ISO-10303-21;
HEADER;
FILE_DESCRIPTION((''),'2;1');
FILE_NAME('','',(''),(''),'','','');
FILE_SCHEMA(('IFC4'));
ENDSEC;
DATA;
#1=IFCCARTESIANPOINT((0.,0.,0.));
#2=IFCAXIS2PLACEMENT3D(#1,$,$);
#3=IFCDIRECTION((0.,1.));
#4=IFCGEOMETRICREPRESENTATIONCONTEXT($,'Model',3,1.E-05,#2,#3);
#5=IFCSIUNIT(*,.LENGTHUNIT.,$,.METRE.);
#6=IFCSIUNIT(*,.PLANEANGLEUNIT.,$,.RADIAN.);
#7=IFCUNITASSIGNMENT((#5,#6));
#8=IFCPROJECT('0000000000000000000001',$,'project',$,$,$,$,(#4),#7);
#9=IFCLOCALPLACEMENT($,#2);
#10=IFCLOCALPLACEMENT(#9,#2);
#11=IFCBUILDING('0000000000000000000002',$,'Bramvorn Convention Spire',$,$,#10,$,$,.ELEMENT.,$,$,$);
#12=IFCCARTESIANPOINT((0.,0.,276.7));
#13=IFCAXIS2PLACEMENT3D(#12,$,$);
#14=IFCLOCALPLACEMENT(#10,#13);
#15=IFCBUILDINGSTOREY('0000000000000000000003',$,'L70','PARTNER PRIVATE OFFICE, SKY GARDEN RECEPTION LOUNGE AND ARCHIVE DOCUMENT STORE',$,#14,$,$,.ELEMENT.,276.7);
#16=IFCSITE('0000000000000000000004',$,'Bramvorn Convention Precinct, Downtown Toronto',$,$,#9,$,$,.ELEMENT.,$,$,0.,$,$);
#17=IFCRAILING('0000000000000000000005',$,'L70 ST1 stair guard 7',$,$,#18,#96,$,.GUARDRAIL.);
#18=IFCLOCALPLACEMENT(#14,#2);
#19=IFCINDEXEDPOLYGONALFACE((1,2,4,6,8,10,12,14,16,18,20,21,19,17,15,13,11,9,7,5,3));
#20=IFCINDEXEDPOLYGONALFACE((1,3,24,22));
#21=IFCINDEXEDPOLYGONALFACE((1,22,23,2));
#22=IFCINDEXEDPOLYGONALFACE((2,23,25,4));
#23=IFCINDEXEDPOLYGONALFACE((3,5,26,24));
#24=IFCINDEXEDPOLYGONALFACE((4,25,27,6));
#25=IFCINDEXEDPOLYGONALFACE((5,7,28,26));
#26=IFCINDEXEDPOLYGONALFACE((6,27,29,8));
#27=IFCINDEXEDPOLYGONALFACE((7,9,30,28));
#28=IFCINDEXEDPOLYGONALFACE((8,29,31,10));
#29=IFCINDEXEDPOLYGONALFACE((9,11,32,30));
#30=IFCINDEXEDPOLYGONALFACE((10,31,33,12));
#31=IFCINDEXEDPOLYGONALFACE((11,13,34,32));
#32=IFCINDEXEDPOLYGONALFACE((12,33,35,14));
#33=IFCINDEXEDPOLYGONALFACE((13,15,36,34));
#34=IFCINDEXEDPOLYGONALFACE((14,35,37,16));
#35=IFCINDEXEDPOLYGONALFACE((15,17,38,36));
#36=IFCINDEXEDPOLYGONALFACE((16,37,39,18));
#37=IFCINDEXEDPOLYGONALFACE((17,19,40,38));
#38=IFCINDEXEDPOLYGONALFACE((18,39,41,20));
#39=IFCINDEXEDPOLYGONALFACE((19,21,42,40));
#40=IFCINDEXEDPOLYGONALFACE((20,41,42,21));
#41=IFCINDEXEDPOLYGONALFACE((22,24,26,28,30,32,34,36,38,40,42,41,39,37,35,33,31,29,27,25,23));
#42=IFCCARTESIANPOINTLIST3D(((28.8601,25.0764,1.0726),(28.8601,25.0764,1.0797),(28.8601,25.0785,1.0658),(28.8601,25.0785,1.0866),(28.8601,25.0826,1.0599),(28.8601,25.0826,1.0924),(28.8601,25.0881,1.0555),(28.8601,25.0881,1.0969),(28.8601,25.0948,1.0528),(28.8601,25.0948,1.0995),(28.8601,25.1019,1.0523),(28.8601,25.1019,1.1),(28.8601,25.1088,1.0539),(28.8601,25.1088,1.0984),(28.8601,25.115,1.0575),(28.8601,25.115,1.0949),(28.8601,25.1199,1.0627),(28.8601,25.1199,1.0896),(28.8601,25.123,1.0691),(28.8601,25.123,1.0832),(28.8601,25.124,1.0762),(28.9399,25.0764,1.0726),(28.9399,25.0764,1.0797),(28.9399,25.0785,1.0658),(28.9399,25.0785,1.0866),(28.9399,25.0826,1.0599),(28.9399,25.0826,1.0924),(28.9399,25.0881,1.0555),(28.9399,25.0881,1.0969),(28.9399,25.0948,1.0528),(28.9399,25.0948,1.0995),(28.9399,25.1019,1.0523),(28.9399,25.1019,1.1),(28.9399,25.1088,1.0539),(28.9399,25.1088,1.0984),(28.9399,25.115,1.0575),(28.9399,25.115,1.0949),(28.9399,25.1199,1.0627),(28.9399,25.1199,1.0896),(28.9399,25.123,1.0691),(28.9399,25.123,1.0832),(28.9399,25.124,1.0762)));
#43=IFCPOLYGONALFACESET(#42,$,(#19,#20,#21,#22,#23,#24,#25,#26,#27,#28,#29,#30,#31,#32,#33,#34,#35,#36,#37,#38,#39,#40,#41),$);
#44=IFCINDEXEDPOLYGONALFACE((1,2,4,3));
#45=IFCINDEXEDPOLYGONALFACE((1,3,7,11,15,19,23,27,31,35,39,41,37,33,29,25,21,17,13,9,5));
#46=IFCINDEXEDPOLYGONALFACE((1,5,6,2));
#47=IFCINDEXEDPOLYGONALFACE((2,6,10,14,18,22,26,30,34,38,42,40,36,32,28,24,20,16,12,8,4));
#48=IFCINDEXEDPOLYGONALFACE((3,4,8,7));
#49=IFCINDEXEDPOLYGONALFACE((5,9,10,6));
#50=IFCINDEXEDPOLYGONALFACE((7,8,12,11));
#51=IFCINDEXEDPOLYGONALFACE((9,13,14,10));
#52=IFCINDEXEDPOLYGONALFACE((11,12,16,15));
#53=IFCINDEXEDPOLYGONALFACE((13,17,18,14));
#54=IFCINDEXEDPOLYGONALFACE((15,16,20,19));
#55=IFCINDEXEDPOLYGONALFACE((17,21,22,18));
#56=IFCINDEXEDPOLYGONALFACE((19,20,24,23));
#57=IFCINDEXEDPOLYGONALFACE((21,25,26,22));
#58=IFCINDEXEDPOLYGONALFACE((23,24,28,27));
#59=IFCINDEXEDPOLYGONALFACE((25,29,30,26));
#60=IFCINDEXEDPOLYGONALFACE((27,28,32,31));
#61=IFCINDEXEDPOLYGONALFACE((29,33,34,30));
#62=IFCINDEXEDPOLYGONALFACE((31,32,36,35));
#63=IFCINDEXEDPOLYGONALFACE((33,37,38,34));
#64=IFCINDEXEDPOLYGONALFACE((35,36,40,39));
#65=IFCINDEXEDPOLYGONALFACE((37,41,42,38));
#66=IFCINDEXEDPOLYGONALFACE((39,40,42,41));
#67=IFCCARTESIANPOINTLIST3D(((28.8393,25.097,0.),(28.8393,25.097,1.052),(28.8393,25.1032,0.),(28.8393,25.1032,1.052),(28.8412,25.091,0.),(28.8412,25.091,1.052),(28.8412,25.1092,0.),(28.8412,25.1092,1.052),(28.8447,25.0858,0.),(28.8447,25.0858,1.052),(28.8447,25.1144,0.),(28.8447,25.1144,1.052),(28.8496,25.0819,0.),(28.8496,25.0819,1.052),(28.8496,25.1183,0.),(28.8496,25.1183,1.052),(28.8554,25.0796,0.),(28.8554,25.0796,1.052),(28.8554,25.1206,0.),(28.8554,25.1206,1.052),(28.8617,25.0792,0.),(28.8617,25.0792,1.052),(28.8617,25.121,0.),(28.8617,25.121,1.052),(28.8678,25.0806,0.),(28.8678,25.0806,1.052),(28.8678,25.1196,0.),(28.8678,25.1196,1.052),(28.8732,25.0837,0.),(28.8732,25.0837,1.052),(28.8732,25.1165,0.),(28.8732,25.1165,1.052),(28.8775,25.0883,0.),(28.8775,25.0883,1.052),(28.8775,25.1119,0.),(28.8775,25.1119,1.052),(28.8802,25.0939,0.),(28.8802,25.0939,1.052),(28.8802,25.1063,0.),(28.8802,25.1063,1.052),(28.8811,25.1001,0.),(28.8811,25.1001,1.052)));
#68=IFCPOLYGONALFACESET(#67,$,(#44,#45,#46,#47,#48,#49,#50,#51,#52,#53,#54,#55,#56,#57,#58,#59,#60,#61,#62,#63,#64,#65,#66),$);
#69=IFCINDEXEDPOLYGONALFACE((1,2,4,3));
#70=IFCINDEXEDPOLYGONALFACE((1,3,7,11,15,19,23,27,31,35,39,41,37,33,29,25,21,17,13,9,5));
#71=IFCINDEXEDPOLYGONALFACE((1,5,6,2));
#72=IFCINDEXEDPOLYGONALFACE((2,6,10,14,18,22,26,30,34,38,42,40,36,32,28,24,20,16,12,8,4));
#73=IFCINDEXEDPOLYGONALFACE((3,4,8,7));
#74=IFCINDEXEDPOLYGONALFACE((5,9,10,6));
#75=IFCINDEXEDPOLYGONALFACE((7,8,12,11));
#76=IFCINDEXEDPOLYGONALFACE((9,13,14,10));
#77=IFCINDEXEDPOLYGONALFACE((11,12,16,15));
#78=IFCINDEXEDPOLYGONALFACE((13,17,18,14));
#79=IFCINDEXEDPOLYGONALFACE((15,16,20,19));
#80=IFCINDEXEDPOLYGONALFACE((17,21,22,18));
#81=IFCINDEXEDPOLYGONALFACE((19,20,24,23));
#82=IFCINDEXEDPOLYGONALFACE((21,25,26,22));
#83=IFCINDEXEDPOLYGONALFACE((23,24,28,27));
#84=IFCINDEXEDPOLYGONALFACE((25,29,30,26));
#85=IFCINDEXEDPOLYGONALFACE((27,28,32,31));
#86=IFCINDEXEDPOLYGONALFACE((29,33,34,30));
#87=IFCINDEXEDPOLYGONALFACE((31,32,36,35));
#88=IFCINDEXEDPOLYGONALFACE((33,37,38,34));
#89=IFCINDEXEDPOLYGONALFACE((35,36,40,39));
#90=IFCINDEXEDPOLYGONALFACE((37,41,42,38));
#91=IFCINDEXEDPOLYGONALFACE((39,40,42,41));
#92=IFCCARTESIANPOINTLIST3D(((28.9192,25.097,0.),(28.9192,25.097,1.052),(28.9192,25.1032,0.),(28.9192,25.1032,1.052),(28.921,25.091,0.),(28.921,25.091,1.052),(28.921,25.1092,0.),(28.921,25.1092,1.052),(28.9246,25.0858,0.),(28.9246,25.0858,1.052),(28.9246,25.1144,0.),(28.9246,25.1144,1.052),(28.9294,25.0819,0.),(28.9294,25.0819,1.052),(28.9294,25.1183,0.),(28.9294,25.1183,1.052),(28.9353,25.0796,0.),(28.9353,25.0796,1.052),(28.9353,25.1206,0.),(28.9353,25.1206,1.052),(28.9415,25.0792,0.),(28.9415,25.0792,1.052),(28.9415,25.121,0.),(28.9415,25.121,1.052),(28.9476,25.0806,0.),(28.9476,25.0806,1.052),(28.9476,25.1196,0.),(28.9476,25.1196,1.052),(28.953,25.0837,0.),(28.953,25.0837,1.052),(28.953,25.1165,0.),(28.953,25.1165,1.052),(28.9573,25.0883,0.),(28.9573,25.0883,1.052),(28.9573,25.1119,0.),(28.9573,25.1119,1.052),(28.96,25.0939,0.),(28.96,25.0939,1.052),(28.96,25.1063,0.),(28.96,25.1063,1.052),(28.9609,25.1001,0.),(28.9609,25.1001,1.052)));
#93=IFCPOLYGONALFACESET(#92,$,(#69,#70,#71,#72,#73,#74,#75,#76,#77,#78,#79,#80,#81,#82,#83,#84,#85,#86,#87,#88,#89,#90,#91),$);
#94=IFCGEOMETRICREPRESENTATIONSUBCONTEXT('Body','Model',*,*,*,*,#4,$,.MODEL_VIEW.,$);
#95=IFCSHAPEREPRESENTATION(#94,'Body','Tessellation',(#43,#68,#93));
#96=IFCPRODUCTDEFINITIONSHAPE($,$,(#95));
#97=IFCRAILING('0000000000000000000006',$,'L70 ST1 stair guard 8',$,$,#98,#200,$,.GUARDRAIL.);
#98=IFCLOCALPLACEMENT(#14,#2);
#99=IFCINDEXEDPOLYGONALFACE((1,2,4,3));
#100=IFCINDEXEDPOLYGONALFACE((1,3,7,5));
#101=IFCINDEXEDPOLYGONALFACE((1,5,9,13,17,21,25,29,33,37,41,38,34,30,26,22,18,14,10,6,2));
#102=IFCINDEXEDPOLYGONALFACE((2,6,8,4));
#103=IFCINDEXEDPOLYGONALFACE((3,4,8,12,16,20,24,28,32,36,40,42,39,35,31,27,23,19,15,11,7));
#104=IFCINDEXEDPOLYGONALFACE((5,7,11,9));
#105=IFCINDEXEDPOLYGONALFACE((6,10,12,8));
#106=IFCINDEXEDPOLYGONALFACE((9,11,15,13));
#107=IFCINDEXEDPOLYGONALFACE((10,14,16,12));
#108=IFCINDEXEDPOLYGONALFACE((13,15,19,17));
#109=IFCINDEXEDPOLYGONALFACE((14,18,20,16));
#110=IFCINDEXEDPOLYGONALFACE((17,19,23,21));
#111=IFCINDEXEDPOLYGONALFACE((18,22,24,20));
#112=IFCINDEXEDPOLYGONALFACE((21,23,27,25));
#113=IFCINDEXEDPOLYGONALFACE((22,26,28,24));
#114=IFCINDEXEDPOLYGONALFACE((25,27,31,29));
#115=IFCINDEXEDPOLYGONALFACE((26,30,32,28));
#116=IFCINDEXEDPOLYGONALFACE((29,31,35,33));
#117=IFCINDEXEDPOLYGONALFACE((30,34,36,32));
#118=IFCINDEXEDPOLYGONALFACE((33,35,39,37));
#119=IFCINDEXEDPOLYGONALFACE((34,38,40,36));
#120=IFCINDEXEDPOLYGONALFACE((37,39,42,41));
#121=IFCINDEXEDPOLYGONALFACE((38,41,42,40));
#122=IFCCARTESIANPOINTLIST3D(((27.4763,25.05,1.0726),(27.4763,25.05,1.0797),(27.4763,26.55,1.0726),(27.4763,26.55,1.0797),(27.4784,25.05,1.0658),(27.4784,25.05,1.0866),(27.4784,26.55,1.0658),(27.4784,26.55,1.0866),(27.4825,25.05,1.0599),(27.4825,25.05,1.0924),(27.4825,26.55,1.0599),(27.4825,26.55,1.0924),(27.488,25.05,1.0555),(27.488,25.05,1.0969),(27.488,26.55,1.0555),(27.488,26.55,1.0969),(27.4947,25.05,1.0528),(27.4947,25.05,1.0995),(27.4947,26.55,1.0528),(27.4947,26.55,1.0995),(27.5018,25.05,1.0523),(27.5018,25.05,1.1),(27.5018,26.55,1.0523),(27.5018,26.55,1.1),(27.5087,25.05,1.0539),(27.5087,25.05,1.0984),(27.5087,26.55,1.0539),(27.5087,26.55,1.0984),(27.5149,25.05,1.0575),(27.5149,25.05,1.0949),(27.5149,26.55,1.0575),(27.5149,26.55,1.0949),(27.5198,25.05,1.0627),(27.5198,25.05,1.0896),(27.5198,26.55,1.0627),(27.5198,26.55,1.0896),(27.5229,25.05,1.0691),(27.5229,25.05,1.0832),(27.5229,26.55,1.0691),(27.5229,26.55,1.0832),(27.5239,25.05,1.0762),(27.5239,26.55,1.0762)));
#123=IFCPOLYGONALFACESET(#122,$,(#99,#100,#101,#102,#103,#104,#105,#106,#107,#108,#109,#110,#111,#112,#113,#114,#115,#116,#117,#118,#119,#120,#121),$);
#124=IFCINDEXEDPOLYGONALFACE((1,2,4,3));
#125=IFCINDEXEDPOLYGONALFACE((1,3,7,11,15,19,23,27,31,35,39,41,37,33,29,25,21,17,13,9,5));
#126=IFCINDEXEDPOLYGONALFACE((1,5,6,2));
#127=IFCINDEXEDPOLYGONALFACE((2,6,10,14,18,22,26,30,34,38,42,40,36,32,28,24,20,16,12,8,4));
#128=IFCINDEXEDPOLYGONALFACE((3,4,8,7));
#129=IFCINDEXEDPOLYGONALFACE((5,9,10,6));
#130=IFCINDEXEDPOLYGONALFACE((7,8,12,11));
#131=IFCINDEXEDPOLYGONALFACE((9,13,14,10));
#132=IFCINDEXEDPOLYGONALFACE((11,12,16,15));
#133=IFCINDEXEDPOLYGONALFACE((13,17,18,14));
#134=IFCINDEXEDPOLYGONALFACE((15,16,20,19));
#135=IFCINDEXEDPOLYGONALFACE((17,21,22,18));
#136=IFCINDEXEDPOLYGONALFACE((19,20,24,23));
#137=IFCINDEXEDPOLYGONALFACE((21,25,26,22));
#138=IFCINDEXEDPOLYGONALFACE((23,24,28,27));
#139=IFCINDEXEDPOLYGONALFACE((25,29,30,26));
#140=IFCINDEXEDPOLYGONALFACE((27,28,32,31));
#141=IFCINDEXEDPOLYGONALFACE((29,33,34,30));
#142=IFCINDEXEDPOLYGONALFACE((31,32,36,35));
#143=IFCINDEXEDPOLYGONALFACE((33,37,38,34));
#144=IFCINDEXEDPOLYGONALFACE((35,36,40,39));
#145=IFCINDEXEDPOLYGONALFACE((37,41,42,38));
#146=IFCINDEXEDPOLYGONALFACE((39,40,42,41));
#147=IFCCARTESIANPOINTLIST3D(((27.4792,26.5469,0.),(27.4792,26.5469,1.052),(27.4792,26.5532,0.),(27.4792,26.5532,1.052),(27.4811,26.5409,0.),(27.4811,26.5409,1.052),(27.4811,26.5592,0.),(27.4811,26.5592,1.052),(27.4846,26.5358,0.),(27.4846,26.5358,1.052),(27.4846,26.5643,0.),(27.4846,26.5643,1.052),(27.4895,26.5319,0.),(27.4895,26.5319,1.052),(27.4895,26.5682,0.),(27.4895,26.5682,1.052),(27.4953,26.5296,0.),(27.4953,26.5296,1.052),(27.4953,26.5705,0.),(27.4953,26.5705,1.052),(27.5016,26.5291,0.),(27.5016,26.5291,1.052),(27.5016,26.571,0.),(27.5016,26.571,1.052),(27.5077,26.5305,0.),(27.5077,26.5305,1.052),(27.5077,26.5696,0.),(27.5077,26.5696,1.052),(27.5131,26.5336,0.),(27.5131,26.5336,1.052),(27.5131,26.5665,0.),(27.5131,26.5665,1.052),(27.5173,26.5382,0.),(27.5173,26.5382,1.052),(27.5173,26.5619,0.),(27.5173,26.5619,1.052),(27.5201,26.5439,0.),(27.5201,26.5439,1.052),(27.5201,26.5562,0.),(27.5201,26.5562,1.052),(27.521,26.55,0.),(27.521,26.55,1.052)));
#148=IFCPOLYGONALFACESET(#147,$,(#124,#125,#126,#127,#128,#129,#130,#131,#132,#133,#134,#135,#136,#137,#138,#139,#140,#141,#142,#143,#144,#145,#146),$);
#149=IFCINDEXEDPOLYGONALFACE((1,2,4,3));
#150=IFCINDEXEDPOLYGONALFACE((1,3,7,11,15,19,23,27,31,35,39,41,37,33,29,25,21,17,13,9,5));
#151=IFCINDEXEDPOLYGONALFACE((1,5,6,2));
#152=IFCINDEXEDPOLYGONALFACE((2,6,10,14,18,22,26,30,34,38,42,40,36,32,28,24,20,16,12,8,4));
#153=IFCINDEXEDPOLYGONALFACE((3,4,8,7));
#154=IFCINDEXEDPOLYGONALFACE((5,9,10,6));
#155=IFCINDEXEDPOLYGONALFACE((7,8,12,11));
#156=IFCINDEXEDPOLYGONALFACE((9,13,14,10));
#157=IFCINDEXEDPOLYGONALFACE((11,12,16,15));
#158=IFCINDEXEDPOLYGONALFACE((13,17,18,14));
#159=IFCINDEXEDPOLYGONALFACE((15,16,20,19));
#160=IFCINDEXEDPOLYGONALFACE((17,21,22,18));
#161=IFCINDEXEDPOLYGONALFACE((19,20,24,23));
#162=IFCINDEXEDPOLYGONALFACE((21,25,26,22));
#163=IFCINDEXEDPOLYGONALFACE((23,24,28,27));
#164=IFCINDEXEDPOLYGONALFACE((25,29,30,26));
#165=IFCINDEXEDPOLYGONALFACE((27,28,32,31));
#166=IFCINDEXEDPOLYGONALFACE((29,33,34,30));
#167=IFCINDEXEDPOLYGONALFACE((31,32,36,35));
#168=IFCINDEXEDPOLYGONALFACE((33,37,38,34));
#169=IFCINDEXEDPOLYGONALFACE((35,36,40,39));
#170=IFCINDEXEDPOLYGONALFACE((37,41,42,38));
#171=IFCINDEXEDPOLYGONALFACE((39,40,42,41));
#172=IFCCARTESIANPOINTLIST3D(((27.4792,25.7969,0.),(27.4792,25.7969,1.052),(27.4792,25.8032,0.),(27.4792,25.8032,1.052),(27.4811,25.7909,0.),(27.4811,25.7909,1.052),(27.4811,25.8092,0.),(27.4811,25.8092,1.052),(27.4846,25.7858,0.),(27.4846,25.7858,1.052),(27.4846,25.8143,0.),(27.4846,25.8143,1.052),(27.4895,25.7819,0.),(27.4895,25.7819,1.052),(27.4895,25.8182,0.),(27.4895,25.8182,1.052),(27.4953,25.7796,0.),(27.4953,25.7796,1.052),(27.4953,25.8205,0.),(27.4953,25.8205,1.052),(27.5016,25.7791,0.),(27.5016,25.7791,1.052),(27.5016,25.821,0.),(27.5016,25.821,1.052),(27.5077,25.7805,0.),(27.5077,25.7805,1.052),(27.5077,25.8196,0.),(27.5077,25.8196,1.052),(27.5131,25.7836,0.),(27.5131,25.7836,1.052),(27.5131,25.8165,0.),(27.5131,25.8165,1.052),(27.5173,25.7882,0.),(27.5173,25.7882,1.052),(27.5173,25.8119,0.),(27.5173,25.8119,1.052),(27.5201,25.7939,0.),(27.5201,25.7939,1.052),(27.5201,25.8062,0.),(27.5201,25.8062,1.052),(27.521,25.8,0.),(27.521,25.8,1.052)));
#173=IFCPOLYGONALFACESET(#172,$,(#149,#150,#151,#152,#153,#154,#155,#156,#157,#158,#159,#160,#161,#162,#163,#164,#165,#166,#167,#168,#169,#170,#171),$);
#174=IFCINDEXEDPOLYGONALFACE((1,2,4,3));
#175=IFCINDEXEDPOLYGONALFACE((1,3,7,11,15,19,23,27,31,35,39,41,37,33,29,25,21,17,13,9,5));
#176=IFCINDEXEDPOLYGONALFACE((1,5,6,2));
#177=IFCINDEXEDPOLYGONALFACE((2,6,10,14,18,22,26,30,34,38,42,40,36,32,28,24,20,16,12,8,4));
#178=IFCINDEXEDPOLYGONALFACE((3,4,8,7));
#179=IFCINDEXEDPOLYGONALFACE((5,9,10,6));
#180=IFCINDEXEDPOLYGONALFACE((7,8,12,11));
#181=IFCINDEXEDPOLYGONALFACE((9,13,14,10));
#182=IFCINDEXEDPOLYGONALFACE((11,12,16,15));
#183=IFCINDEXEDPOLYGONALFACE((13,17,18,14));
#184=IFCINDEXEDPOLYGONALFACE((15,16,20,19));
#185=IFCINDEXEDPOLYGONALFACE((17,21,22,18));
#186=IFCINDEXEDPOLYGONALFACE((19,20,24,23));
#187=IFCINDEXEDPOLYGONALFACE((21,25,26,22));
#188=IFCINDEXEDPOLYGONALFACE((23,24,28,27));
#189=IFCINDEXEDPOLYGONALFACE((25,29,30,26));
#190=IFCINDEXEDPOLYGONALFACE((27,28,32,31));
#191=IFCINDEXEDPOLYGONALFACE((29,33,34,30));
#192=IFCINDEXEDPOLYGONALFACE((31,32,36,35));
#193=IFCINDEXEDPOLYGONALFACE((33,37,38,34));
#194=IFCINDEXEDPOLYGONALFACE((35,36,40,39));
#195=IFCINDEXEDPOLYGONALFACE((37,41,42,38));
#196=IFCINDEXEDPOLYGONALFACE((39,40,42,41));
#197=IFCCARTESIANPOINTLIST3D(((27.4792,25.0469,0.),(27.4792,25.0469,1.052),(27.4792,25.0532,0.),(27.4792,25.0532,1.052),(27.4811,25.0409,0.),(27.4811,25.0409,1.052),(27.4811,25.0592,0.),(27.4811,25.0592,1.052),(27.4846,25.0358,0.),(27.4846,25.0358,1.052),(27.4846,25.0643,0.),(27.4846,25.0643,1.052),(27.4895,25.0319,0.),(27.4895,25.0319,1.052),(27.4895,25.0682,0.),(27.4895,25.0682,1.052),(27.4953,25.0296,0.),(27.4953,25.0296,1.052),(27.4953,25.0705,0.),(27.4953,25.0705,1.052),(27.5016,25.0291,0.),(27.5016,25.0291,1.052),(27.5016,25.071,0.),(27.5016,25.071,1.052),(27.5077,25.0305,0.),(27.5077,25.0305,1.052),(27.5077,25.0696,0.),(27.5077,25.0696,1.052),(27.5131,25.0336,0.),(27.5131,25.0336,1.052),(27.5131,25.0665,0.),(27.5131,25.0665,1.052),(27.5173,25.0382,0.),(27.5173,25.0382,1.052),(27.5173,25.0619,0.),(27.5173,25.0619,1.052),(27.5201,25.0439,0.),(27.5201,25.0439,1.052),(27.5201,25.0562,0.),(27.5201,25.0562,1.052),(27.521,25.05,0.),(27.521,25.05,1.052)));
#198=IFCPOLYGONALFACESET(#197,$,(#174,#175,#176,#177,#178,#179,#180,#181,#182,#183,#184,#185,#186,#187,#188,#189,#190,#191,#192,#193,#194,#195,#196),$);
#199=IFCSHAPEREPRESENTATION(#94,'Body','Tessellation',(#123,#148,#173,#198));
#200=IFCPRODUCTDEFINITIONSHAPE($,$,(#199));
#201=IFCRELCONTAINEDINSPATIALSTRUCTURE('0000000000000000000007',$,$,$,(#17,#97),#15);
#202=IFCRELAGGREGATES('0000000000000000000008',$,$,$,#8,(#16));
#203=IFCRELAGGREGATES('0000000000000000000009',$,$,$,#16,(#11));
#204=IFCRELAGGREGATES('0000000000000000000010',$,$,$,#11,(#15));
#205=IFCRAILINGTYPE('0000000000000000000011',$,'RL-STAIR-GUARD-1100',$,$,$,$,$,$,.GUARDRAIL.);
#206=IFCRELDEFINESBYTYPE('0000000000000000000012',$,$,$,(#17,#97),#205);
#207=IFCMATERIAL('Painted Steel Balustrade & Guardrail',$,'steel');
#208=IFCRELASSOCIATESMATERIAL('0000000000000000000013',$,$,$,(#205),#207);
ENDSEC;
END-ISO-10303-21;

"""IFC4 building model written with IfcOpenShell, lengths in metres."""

from ifc_helpers import new_model, si_unit, direction, frame, origin, origin_2d, place, context, subcontext, project, spatial, circle, extrude, material, type_object, element, save


model = new_model("IFC4")

# Units and contexts
model_context = context("Model", 3, precision=1e-05, world=origin(), true_north=direction((0.0, 1.0)))
body_context = subcontext(model_context, "Body", "Model", "MODEL_VIEW")
ifc_project = project(units=[si_unit("LENGTHUNIT", "METRE"), si_unit("PLANEANGLEUNIT", "RADIAN")], contexts=[model_context])

# Site, building, storey
site_placement = place(None, origin())
site = spatial("IfcSite", under=ifc_project, at=site_placement, Name="Bramvorn Convention Precinct, Downtown Toronto", CompositionType="ELEMENT", RefElevation=0.0)
building_placement = place(site_placement, origin())
building = spatial("IfcBuilding", under=site, at=building_placement, Name="Bramvorn Convention Spire", CompositionType="ELEMENT")
storey_placement = place(building_placement, frame((0.0, 0.0, 276.7)))
storey = spatial("IfcBuildingStorey", under=building, at=storey_placement, Name="L70", Description="PARTNER PRIVATE OFFICE, SKY GARDEN RECEPTION LOUNGE AND ARCHIVE DOCUMENT STORE", CompositionType="ELEMENT", Elevation=276.7)

# Railings
ifc_material_1 = material(Name="Painted Steel Balustrade & Guardrail", Category="steel")
railing_type = type_object("IfcRailingType", Name="RL-STAIR-GUARD-1100", PredefinedType="GUARDRAIL", material=ifc_material_1)
railing_1_placement = place(storey_placement, frame((28.8601, 25.1001, 0.0)))
element("IfcRailing", 1, at=railing_1_placement, inside=storey, type_object=railing_type, Name="L70 ST1 stair guard 7", PredefinedType="GUARDRAIL", context=body_context, shape_type="SweptSolid", body=[
    extrude(circle(Radius=0.0239, at=origin_2d()), frame((0.0, 0.0, 1.0762), z_axis=(1.0, 0.0, 0.0), x_axis=(0.0, 1.0, 0.0)), (0.0, 0.0, 1.0), 0.0798),
    extrude(circle(Radius=0.021, at=origin_2d()), origin(), (0.0, 0.0, 1.0), 1.052),
    extrude(circle(Radius=0.021, at=origin_2d()), frame((0.0798, 0.0, 0.0)), (0.0, 0.0, 1.0), 1.052),
])
railing_2_placement = place(storey_placement, frame((27.5, 26.55, 0.0)))
element("IfcRailing", 2, at=railing_2_placement, inside=storey, type_object=railing_type, Name="L70 ST1 stair guard 8", PredefinedType="GUARDRAIL", context=body_context, shape_type="SweptSolid", body=[
    extrude(circle(Radius=0.0239, at=origin_2d()), frame((0.0, 0.0, 1.0762), z_axis=(0.0, -1.0, 0.0), x_axis=(1.0, 0.0, 0.0)), (0.0, 0.0, 1.0), 1.5),
    extrude(circle(Radius=0.021, at=origin_2d()), origin(), (0.0, 0.0, 1.0), 1.052),
    extrude(circle(Radius=0.021, at=origin_2d()), frame((0.0, -0.75, 0.0)), (0.0, 0.0, 1.0), 1.052),
    extrude(circle(Radius=0.021, at=origin_2d()), frame((0.0, -1.5, 0.0)), (0.0, 0.0, 1.0), 1.052),
])

save(model, "model.ifc")
